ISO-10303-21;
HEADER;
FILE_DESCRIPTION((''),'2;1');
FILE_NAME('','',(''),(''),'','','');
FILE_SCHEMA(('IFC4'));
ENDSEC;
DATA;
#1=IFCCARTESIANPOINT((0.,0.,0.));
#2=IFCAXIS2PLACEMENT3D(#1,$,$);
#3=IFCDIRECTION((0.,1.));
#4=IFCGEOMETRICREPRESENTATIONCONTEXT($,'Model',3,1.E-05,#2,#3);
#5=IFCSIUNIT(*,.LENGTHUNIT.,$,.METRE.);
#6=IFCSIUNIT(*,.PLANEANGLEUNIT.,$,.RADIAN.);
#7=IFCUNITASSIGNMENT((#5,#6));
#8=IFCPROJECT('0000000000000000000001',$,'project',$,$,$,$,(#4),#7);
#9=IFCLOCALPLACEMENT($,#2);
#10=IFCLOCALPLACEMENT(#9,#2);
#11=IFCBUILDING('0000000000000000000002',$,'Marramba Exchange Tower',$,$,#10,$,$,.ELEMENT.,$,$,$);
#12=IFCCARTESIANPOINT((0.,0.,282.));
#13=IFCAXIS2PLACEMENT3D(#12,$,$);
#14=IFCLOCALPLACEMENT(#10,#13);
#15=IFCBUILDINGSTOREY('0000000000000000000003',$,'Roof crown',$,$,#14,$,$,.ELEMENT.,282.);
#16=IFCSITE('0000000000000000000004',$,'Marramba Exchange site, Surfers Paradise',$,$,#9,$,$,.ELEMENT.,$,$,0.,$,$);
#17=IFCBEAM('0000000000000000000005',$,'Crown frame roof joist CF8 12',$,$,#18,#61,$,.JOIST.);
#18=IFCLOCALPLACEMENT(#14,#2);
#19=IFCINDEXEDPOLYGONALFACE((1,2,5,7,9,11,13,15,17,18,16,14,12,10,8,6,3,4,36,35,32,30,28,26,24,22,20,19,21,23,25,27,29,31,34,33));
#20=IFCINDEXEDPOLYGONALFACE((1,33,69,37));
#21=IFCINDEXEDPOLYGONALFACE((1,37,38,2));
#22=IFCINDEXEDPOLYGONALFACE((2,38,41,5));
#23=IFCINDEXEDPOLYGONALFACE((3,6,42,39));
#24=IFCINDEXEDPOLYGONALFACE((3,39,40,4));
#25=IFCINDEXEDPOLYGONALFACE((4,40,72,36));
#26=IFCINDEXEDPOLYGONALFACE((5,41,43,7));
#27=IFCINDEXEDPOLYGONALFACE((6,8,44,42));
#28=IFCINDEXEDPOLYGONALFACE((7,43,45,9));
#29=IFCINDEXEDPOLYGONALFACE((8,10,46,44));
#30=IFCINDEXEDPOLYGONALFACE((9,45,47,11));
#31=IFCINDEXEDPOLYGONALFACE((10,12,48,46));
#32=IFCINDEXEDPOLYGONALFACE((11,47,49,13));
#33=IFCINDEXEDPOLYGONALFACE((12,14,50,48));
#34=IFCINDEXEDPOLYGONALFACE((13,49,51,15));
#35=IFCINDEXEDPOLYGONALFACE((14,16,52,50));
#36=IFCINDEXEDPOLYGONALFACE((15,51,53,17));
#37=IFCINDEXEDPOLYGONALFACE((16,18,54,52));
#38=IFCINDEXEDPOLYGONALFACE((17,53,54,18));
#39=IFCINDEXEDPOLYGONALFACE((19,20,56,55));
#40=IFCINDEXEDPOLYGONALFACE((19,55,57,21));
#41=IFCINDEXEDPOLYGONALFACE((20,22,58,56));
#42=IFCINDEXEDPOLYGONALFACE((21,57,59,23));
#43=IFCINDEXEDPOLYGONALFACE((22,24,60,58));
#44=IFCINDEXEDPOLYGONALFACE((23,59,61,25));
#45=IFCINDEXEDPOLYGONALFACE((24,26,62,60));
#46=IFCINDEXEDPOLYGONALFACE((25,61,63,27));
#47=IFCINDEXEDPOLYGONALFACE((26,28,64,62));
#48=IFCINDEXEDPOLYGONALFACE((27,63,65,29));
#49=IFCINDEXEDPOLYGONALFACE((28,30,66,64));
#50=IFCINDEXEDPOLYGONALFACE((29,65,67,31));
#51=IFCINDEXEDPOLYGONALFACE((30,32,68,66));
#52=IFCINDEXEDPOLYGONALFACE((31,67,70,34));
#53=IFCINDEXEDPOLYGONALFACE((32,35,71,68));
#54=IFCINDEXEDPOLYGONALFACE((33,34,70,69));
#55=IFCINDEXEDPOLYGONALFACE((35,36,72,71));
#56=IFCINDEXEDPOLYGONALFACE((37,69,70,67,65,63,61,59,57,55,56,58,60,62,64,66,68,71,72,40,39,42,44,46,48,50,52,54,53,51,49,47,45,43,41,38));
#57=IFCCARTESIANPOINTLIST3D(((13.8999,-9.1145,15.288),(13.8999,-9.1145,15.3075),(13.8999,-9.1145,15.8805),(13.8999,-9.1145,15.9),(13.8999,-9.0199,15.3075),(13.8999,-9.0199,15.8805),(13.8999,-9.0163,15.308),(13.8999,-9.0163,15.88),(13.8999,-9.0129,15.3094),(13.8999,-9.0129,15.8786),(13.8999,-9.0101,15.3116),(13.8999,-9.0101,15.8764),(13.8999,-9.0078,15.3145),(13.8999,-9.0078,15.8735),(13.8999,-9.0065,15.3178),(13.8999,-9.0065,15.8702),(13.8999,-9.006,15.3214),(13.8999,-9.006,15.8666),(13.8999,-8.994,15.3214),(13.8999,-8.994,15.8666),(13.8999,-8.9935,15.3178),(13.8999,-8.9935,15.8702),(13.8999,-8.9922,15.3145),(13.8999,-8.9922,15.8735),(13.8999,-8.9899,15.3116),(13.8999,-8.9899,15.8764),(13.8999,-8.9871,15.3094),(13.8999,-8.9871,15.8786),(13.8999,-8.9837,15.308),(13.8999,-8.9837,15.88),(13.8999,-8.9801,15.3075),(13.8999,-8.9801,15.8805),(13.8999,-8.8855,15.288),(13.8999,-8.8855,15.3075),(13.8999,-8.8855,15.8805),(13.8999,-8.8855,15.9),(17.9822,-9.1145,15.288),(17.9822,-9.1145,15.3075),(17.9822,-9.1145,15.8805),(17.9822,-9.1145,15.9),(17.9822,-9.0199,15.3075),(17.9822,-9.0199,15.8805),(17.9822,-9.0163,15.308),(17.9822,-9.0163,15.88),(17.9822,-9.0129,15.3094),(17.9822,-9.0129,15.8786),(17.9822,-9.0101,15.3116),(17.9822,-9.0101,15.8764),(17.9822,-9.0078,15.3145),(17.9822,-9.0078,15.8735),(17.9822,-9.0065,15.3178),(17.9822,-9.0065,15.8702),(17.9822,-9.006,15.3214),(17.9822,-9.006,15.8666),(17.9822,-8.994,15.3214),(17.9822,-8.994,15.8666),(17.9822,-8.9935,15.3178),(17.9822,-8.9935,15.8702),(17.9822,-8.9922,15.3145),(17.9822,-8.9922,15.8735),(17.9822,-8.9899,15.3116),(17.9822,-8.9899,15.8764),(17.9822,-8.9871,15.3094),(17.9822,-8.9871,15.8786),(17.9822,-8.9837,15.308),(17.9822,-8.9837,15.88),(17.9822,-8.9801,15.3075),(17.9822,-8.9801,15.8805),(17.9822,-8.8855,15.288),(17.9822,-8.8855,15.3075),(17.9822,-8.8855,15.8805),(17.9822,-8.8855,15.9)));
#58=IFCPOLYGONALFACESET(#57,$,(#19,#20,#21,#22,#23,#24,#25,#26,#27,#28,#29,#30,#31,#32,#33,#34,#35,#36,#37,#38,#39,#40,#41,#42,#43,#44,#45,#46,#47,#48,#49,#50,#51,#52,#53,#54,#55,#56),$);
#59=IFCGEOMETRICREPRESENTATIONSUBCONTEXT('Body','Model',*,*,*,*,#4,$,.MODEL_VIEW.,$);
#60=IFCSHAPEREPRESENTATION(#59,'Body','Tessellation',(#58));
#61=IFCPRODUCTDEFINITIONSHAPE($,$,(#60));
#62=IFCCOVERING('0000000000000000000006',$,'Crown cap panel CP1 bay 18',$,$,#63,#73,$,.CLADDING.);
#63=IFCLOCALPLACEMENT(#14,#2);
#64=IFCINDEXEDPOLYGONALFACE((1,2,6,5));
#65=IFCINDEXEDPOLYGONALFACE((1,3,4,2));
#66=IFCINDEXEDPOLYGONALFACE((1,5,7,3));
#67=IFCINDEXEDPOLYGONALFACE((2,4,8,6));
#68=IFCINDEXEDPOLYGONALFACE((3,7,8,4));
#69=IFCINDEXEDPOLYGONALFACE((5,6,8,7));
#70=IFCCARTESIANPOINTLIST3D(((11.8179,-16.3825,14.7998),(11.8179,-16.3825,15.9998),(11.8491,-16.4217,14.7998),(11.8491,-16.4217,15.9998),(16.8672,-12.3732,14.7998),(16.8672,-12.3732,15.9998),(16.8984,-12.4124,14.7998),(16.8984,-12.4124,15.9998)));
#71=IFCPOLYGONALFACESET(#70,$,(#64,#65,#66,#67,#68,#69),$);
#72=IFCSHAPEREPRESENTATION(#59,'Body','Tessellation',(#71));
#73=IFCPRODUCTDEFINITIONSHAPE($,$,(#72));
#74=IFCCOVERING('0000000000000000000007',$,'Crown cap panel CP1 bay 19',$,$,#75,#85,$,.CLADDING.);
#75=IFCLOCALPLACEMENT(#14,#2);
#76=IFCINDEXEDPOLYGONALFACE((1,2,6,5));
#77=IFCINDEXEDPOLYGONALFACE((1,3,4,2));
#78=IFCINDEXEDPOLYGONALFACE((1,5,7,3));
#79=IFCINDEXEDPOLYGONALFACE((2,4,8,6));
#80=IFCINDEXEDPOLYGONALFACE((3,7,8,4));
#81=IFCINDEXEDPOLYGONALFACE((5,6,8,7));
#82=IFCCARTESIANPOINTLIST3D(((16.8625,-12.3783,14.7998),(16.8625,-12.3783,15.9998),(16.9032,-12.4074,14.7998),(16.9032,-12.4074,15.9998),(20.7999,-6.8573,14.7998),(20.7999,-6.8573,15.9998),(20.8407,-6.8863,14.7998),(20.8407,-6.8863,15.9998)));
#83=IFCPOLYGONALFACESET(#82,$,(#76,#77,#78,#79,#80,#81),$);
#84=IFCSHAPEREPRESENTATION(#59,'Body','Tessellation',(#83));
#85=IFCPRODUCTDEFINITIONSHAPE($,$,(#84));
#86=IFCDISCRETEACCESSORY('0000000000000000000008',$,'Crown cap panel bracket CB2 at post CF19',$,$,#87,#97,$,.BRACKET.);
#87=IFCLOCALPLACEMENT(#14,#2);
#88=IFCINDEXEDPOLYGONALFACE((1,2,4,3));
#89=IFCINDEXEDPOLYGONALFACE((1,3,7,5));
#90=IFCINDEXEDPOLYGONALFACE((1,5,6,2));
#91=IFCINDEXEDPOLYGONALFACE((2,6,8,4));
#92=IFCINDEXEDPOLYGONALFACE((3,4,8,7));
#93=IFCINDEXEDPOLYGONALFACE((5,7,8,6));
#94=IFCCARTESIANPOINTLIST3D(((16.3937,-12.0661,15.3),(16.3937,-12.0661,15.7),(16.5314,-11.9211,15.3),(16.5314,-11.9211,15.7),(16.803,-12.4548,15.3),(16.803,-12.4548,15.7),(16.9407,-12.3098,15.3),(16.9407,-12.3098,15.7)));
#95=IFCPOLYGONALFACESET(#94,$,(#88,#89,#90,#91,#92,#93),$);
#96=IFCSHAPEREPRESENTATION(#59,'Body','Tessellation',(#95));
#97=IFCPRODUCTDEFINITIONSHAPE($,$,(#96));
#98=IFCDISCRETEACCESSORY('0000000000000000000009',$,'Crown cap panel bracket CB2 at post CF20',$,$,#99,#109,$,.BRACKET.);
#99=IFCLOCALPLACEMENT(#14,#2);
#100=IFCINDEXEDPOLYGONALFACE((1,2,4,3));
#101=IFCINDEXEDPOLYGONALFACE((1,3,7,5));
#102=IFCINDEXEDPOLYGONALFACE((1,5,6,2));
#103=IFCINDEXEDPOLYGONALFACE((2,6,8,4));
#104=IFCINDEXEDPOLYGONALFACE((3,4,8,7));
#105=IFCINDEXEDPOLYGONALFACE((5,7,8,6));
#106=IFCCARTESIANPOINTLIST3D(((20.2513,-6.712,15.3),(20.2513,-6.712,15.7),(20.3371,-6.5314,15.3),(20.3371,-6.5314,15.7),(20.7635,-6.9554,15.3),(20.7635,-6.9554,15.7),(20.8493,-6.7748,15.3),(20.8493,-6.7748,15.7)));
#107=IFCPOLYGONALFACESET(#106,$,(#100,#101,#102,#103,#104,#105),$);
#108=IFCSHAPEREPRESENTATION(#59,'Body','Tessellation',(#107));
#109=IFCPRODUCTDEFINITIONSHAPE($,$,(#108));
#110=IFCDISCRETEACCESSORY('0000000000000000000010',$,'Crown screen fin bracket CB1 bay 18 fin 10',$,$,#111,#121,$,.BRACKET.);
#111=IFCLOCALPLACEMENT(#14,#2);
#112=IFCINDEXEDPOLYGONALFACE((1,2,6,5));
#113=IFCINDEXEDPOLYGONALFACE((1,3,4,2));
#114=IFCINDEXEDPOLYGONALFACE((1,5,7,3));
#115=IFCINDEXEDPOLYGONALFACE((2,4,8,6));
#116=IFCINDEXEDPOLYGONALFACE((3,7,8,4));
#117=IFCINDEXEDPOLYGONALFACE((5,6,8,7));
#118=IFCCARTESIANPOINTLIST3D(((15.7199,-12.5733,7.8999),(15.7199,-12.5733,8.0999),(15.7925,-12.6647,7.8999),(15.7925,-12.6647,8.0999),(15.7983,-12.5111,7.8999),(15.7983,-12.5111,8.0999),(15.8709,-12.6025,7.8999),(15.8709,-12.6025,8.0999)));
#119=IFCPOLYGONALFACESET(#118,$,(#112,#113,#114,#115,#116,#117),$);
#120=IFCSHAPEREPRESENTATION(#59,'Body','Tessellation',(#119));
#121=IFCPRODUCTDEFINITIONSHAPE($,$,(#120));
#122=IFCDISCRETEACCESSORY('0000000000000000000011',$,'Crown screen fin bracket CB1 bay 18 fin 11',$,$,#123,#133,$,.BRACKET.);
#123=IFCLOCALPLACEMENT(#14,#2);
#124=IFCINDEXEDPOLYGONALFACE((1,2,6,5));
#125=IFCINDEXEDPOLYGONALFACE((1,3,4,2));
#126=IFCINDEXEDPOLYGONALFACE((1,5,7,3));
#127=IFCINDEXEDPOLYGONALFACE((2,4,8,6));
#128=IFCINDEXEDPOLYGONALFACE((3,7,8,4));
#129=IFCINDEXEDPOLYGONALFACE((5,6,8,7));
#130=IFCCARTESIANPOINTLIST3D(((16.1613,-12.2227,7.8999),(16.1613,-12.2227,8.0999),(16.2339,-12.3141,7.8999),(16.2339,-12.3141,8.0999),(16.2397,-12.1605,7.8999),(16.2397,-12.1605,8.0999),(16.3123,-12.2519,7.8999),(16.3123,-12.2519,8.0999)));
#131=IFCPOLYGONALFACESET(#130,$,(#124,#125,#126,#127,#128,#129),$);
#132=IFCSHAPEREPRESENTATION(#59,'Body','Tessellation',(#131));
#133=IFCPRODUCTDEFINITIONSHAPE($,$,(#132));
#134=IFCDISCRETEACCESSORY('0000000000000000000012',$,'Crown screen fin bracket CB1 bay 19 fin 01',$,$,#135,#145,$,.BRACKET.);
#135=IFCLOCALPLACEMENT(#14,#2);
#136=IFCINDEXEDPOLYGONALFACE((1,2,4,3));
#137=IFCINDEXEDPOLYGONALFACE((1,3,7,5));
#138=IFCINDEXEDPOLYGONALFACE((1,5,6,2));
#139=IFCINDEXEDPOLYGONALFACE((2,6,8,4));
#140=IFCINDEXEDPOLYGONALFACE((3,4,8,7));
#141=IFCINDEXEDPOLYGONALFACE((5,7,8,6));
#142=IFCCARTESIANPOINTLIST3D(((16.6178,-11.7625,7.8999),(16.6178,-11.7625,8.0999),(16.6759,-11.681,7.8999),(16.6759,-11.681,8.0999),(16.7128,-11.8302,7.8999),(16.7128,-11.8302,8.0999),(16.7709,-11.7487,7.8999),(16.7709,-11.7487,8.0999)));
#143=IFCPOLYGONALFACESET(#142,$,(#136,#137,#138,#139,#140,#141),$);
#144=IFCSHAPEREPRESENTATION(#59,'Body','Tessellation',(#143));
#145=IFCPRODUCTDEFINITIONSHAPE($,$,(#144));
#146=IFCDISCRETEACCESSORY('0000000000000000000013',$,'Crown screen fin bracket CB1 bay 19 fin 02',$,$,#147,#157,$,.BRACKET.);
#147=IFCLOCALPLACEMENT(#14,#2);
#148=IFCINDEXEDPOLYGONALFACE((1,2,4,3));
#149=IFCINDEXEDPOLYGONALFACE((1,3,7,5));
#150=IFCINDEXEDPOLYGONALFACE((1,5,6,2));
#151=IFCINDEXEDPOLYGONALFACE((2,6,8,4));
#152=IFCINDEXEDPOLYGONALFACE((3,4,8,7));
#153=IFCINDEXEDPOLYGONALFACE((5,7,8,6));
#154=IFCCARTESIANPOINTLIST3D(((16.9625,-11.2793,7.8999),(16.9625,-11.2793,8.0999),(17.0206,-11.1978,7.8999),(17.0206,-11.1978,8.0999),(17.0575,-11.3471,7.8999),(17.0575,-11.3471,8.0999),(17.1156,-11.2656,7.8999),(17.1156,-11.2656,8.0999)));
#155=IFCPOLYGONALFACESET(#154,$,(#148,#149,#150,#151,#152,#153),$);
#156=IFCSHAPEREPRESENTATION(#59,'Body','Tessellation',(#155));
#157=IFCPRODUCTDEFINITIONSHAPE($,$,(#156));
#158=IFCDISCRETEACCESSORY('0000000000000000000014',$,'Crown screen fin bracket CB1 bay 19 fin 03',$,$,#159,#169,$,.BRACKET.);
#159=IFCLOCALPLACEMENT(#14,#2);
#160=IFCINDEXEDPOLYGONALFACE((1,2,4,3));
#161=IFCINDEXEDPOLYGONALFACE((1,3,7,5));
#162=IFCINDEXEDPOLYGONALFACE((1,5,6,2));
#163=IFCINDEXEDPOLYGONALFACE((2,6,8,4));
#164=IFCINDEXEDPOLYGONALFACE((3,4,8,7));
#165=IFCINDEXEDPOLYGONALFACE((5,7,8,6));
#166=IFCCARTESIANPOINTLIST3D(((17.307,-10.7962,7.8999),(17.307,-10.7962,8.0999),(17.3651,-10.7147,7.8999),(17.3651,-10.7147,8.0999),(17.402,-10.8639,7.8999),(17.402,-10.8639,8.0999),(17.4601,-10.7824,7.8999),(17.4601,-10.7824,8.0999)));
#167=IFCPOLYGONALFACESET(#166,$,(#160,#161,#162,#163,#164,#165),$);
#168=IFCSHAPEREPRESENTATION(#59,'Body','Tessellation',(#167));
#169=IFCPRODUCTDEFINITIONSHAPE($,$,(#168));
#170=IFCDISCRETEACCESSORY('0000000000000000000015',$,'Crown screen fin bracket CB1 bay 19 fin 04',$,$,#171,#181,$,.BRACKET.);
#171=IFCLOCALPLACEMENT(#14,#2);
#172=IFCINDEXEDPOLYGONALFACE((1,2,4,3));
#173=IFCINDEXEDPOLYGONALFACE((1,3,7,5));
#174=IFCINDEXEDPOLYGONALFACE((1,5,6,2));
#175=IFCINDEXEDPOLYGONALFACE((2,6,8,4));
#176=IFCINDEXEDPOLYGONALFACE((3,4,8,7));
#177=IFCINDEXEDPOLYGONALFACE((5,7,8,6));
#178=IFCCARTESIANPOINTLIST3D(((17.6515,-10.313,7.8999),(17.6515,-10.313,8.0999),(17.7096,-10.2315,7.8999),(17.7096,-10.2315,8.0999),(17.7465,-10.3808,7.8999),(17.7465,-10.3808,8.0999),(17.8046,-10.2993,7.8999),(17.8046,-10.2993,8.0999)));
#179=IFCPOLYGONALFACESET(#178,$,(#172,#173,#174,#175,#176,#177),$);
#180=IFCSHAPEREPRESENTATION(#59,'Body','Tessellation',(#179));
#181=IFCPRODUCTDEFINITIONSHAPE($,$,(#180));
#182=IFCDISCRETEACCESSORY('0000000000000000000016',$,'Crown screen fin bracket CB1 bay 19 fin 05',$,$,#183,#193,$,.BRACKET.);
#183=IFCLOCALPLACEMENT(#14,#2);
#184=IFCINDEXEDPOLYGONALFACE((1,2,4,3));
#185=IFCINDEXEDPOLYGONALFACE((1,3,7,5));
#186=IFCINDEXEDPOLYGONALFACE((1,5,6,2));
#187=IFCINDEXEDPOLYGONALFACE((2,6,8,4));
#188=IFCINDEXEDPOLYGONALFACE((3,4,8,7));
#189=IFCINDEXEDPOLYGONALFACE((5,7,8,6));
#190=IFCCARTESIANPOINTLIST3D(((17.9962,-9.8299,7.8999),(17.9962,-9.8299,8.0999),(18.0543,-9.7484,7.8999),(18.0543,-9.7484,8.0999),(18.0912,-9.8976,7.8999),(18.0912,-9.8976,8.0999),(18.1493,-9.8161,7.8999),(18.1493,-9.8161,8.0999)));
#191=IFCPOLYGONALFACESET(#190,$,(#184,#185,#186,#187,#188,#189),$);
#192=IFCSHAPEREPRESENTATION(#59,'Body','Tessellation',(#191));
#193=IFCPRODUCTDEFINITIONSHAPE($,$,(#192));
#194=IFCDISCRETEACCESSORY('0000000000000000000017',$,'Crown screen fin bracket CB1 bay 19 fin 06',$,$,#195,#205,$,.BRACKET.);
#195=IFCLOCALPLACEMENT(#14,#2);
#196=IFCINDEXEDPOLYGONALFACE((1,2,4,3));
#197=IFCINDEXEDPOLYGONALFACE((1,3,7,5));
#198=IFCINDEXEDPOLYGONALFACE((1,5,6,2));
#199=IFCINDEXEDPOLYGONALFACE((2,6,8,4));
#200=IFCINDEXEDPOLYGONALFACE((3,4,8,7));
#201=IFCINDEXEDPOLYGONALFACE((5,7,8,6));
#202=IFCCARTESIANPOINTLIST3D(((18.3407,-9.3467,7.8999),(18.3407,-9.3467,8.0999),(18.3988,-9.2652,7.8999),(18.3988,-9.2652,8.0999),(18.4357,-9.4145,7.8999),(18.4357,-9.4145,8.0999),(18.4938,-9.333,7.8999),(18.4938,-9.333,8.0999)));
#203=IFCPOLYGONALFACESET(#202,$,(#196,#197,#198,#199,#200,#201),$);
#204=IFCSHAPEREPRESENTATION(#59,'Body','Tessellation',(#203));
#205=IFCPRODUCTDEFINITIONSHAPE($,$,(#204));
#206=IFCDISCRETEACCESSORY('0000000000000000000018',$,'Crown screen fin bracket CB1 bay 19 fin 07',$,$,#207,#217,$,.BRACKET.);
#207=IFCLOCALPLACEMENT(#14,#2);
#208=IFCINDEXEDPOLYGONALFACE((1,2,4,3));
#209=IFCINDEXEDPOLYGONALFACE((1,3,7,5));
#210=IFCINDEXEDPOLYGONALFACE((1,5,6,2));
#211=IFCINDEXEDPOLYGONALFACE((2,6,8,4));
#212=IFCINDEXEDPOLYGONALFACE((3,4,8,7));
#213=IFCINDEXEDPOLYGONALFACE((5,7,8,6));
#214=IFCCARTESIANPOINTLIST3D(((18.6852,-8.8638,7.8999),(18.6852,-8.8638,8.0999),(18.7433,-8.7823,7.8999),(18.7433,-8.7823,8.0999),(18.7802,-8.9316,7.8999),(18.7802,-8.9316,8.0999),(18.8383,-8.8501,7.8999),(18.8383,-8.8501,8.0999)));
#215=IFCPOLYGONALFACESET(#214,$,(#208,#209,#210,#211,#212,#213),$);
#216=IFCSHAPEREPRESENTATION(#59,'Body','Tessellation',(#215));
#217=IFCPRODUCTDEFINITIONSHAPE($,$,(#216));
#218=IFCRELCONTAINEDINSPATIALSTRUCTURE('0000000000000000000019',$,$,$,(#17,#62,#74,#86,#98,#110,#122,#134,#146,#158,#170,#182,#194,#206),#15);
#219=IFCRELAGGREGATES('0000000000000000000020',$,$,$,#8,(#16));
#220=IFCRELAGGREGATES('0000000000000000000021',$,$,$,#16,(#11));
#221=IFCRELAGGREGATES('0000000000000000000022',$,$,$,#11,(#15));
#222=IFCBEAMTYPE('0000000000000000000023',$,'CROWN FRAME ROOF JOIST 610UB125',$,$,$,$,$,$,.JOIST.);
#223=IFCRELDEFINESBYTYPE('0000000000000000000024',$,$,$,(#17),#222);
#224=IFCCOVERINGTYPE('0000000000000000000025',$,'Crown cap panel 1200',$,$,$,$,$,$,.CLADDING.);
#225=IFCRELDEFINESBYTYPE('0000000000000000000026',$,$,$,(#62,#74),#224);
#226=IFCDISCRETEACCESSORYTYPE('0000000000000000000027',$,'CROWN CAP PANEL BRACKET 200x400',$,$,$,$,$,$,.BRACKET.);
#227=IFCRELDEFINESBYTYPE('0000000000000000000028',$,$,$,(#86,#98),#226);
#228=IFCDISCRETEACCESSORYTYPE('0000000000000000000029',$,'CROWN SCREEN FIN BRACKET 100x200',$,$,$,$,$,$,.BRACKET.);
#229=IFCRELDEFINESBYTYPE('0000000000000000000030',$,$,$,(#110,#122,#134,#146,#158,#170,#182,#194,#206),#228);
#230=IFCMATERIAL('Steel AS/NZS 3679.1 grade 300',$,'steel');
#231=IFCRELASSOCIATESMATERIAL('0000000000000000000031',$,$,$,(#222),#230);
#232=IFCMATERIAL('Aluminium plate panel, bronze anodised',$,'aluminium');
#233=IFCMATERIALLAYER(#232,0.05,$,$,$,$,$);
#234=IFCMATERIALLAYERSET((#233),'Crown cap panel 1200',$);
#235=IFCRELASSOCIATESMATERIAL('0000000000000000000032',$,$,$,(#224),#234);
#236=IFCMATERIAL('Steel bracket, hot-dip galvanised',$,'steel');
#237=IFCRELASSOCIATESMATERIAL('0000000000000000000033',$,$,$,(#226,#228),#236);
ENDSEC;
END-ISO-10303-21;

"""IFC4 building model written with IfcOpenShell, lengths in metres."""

from ifc_helpers import new_model, si_unit, direction, frame, origin, origin_2d, place, context, subcontext, project, spatial, rectangle, i_section, extrude, material, layer, layer_set, material_profile, profile_set, type_object, element, save


model = new_model("IFC4")

# Units and contexts
model_context = context("Model", 3, precision=1e-05, world=origin(), true_north=direction((0.0, 1.0)))
body_context = subcontext(model_context, "Body", "Model", "MODEL_VIEW")
ifc_project = project(units=[si_unit("LENGTHUNIT", "METRE"), si_unit("PLANEANGLEUNIT", "RADIAN")], contexts=[model_context])

# Site, building, storey
site_placement = place(None, origin())
site = spatial("IfcSite", under=ifc_project, at=site_placement, Name="Marramba Exchange site, Surfers Paradise", CompositionType="ELEMENT", RefElevation=0.0)
building_placement = place(site_placement, origin())
building = spatial("IfcBuilding", under=site, at=building_placement, Name="Marramba Exchange Tower", CompositionType="ELEMENT")
storey_placement = place(building_placement, frame((0.0, 0.0, 282.0)))
storey = spatial("IfcBuildingStorey", under=building, at=storey_placement, Name="Roof crown", CompositionType="ELEMENT", Elevation=282.0)

# Beam
ifc_material_1 = material(Name="Steel AS/NZS 3679.1 grade 300", Category="steel")
ifc_material_profile_1 = material_profile(ifc_material_1, i_section(OverallWidth=0.229, OverallDepth=0.6121, WebThickness=0.012, FlangeThickness=0.0195, FilletRadius=0.0139, at=origin_2d()), Name="610UB125")
ifc_profile_set_1 = profile_set([ifc_material_profile_1], Name="Steel AS/NZS 3679.1 grade 300")
beam_type_1 = type_object("IfcBeamType", Name="CROWN FRAME ROOF JOIST 610UB125", PredefinedType="JOIST", material=ifc_profile_set_1)
beam_1_placement = place(storey_placement, frame((13.8999, -9.0, 15.594), z_axis=(1.0, 0.0, 0.0), x_axis=(0.0, 1.0, 0.0)))
element("IfcBeam", 1, at=beam_1_placement, inside=storey, type_object=beam_type_1, Name="Crown frame roof joist CF8 12", PredefinedType="JOIST", context=body_context, shape_type="SweptSolid", body=[
    extrude(i_section(OverallWidth=0.229, OverallDepth=0.6121, WebThickness=0.012, FlangeThickness=0.0195, FilletRadius=0.0139, at=origin_2d()), origin(), (0.0, 0.0, 1.0), 4.0823),
])

# Coverings
ifc_material_2 = material(Name="Aluminium plate panel, bronze anodised", Category="aluminium")
ifc_layer = layer(ifc_material_2, 0.05)
ifc_layer_set = layer_set([ifc_layer], Name="Crown cap panel 1200")
covering_type = type_object("IfcCoveringType", Name="Crown cap panel 1200", PredefinedType="CLADDING", material=ifc_layer_set)
covering_1_placement = place(storey_placement, frame((14.3582, -14.3975, 14.7998), z_axis=(0.0, 0.0, 1.0), x_axis=(0.78314, 0.621845, 0.0)))
element("IfcCovering", 2, at=covering_1_placement, inside=storey, type_object=covering_type, Name="Crown cap panel CP1 bay 18", PredefinedType="CLADDING", context=body_context, shape_type="SweptSolid", body=[
    extrude(rectangle(XDim=6.4475, YDim=0.05, at=origin_2d()), origin(), (0.0, 0.0, 1.0), 1.2),
])
covering_2_placement = place(storey_placement, frame((18.8516, -9.6323, 14.7998), z_axis=(0.0, 0.0, 1.0), x_axis=(0.58064, 0.81416, 0.0)))
element("IfcCovering", 3, at=covering_2_placement, inside=storey, type_object=covering_type, Name="Crown cap panel CP1 bay 19", PredefinedType="CLADDING", context=body_context, shape_type="SweptSolid", body=[
    extrude(rectangle(XDim=6.7812, YDim=0.05, at=origin_2d()), origin(), (0.0, 0.0, 1.0), 1.2),
])

# Discrete accessories
ifc_material_3 = material(Name="Steel bracket, hot-dip galvanised", Category="steel")
discrete_accessory_type_1 = type_object("IfcDiscreteAccessoryType", Name="CROWN CAP PANEL BRACKET 200x400", PredefinedType="BRACKET", material=ifc_material_3)
discrete_accessory_1_placement = place(storey_placement, frame((16.6672, -12.188, 15.3), z_axis=(0.0, 0.0, 1.0), x_axis=(0.725106, -0.688637, 0.0)))
element("IfcDiscreteAccessory", 4, at=discrete_accessory_1_placement, inside=storey, type_object=discrete_accessory_type_1, Name="Crown cap panel bracket CB2 at post CF19", PredefinedType="BRACKET", context=body_context, shape_type="SweptSolid", body=[
    extrude(rectangle(XDim=0.5645, YDim=0.2, at=origin_2d()), origin(), (0.0, 0.0, 1.0), 0.3999),
])
discrete_accessory_2_placement = place(storey_placement, frame((20.5503, -6.7434, 15.3), z_axis=(0.0, 0.0, 1.0), x_axis=(0.903256, -0.429102, 0.0)))
element("IfcDiscreteAccessory", 5, at=discrete_accessory_2_placement, inside=storey, type_object=discrete_accessory_type_1, Name="Crown cap panel bracket CB2 at post CF20", PredefinedType="BRACKET", context=body_context, shape_type="SweptSolid", body=[
    extrude(rectangle(XDim=0.5671, YDim=0.2, at=origin_2d()), origin(), (0.0, 0.0, 1.0), 0.3999),
])
discrete_accessory_type_2 = type_object("IfcDiscreteAccessoryType", Name="CROWN SCREEN FIN BRACKET 100x200", PredefinedType="BRACKET", material=ifc_material_3)
for number, where, z_axis, x_axis, name in (
    (6, (15.7954, -12.5879, 7.8999), (0.0, 0.0, 1.0), (0.78314, 0.621845, 0.0), "Crown screen fin bracket CB1 bay 18 fin 10"),
    (7, (16.2368, -12.2373, 7.8999), (0.0, 0.0, 1.0), (0.78314, 0.621845, 0.0), "Crown screen fin bracket CB1 bay 18 fin 11"),
    (8, (16.6943, -11.7556, 7.8999), (0.0, 0.0, 1.0), (0.58064, 0.81416, 0.0), "Crown screen fin bracket CB1 bay 19 fin 01"),
    (9, (17.0391, -11.2725, 7.8999), (0.0, 0.0, 1.0), (0.58064, 0.81416, 0.0), "Crown screen fin bracket CB1 bay 19 fin 02"),
    (10, (17.3835, -10.7893, 7.8999), (0.0, 0.0, 1.0), (0.58064, 0.81416, 0.0), "Crown screen fin bracket CB1 bay 19 fin 03"),
    (11, (17.728, -10.3062, 7.8999), (0.0, 0.0, 1.0), (0.58064, 0.81416, 0.0), "Crown screen fin bracket CB1 bay 19 fin 04"),
    (12, (18.0728, -9.823, 7.8999), (0.0, 0.0, 1.0), (0.58064, 0.81416, 0.0), "Crown screen fin bracket CB1 bay 19 fin 05"),
    (13, (18.4172, -9.3398, 7.8999), (0.0, 0.0, 1.0), (0.58064, 0.81416, 0.0), "Crown screen fin bracket CB1 bay 19 fin 06"),
    (14, (18.7617, -8.8569, 7.8999), (0.0, 0.0, 1.0), (0.58064, 0.81416, 0.0), "Crown screen fin bracket CB1 bay 19 fin 07"),
):
    element("IfcDiscreteAccessory", number, at=place(storey_placement, frame(where, z_axis=z_axis, x_axis=x_axis)), inside=storey, type_object=discrete_accessory_type_2, Name=name, PredefinedType="BRACKET", context=body_context, shape_type="SweptSolid", body=[
        extrude(rectangle(XDim=0.1001, YDim=0.1167, at=origin_2d()), origin(), (0.0, 0.0, 1.0), 0.2),
    ])

save(model, "model.ifc")
